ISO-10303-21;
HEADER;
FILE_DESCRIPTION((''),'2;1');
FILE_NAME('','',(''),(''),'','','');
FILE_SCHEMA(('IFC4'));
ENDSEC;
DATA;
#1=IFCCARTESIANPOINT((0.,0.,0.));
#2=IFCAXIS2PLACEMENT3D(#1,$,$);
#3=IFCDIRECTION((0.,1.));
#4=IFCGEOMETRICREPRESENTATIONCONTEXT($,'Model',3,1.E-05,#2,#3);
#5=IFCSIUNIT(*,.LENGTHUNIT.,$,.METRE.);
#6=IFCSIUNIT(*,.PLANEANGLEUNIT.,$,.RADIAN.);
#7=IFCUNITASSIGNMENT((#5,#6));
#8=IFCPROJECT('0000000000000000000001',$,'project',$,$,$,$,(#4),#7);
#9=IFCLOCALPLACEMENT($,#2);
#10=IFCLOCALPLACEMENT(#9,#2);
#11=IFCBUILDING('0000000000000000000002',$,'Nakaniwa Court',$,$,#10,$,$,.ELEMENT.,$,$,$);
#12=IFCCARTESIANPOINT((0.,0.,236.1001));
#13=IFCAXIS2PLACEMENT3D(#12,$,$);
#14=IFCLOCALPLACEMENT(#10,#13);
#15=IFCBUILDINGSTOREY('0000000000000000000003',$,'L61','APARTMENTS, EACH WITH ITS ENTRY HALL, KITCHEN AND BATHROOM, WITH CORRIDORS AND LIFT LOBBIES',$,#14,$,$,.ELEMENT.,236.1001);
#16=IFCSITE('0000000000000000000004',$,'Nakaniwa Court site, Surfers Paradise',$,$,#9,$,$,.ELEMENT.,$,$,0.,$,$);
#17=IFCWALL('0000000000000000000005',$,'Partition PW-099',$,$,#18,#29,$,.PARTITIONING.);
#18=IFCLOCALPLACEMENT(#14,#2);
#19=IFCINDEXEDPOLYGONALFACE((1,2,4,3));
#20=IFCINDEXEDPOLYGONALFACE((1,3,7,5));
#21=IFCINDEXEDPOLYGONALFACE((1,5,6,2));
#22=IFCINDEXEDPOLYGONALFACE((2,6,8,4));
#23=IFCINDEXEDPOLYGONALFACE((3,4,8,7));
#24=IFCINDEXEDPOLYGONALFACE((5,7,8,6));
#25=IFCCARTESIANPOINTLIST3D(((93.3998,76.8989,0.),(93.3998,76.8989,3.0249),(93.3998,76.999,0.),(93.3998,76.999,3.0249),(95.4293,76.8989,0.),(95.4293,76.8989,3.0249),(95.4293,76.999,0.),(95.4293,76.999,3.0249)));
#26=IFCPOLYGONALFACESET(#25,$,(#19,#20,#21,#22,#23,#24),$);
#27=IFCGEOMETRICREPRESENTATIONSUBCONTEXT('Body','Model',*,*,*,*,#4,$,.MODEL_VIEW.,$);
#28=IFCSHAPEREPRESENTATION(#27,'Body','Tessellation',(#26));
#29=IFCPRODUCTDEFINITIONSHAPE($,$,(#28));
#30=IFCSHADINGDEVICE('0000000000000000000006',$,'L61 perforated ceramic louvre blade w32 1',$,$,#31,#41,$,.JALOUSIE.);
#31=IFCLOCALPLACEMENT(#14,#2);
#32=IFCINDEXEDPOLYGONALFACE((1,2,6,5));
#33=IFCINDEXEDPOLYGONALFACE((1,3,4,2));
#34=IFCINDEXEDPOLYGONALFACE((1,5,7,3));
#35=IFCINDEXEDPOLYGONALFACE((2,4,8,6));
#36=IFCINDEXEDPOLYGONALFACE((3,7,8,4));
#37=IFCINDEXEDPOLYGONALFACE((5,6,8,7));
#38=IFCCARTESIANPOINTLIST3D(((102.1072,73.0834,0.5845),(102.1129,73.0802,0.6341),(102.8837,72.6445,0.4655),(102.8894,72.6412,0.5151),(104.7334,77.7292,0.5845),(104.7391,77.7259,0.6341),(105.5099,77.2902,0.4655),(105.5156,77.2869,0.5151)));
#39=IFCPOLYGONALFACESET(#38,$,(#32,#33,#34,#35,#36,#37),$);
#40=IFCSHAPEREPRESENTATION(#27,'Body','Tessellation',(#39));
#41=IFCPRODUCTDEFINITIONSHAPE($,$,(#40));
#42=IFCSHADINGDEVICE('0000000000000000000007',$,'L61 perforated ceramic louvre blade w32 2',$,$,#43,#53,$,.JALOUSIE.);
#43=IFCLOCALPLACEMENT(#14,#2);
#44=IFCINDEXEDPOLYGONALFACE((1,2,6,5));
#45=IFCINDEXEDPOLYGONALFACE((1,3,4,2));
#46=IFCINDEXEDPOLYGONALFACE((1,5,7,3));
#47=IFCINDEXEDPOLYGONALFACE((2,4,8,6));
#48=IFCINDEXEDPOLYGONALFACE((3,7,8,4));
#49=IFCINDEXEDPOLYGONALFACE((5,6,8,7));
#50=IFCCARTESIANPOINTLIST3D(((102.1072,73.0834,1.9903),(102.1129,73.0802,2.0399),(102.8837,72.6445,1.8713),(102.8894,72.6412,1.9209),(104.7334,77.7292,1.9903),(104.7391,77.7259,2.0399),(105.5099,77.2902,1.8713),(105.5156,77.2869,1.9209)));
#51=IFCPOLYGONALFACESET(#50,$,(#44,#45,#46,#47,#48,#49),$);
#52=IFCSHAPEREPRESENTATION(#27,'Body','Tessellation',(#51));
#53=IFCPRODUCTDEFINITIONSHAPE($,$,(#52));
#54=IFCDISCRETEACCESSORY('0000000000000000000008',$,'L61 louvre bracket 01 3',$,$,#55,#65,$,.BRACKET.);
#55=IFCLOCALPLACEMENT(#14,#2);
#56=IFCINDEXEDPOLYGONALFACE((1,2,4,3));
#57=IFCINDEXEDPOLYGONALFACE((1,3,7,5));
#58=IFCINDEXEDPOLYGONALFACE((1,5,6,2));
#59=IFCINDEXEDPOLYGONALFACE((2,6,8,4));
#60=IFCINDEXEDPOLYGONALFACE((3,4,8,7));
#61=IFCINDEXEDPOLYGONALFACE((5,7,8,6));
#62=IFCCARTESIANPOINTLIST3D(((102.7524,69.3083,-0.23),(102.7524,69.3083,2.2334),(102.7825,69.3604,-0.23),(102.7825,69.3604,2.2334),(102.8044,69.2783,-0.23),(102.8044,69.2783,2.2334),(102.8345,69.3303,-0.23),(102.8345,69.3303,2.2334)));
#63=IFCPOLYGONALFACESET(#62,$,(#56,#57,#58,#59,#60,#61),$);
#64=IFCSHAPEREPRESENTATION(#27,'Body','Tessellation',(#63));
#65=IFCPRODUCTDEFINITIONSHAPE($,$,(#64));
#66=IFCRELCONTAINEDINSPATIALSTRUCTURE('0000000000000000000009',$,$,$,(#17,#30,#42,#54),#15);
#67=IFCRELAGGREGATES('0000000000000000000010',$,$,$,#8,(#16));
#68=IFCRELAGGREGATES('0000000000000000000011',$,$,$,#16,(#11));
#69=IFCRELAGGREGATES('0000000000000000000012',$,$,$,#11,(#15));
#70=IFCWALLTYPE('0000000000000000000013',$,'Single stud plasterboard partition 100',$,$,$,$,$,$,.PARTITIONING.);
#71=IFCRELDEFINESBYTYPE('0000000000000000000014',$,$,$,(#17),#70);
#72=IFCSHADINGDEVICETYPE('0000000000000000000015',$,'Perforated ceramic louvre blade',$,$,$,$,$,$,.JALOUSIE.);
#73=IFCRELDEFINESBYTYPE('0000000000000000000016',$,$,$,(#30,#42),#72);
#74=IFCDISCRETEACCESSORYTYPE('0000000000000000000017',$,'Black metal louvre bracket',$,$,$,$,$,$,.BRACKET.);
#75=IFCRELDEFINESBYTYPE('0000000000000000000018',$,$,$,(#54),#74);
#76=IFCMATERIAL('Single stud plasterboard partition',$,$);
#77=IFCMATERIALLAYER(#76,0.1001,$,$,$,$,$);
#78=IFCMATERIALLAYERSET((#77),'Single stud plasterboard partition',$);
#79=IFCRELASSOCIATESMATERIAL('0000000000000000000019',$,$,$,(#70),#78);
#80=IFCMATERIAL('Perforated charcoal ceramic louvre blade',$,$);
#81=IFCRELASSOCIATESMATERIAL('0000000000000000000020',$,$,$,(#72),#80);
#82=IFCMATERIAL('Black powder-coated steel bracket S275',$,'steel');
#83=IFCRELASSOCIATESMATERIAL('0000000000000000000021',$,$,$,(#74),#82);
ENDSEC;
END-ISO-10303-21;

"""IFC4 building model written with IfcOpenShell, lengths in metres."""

from ifc_helpers import new_model, si_unit, direction, frame, frame_2d, origin, origin_2d, place, context, subcontext, project, spatial, rectangle, extrude, material, layer, layer_set, material_profile, profile_set, type_object, element, save


model = new_model("IFC4")

# Units and contexts
model_context = context("Model", 3, precision=1e-05, world=origin(), true_north=direction((0.0, 1.0)))
body_context = subcontext(model_context, "Body", "Model", "MODEL_VIEW")
ifc_project = project(units=[si_unit("LENGTHUNIT", "METRE"), si_unit("PLANEANGLEUNIT", "RADIAN")], contexts=[model_context])

# Site, building, storey
site_placement = place(None, origin())
site = spatial("IfcSite", under=ifc_project, at=site_placement, Name="Nakaniwa Court site, Surfers Paradise", CompositionType="ELEMENT", RefElevation=0.0)
building_placement = place(site_placement, origin())
building = spatial("IfcBuilding", under=site, at=building_placement, Name="Nakaniwa Court", CompositionType="ELEMENT")
storey_placement = place(building_placement, frame((0.0, 0.0, 236.1001)))
storey = spatial("IfcBuildingStorey", under=building, at=storey_placement, Name="L61", Description="APARTMENTS, EACH WITH ITS ENTRY HALL, KITCHEN AND BATHROOM, WITH CORRIDORS AND LIFT LOBBIES", CompositionType="ELEMENT", Elevation=236.1001)

# Shared definitions
ifc_material_1 = material(Name="Single stud plasterboard partition")
ifc_layer_1 = layer(ifc_material_1, 0.1001)
ifc_layer_set_1 = layer_set([ifc_layer_1], Name="Single stud plasterboard partition")
wall_type_1 = type_object("IfcWallType", Name="Single stud plasterboard partition 100", PredefinedType="PARTITIONING", material=ifc_layer_set_1)

# Wall
wall_1_placement = place(storey_placement, frame((93.3999, 76.949, 0.0), z_axis=(0.0, 0.0, 1.0), x_axis=(1.0, 0.0, 0.0)))
element("IfcWall", 1, at=wall_1_placement, inside=storey, type_object=wall_type_1, Name="Partition PW-099", PredefinedType="PARTITIONING", context=body_context, shape_type="SweptSolid", body=[
    extrude(rectangle(XDim=2.0295, YDim=0.1001, at=frame_2d((1.0146, 0.0))), origin(), (0.0, 0.0, 1.0), 3.0249),
])

# Shading devices
ifc_material_2 = material(Name="Perforated charcoal ceramic louvre blade")
ifc_material_profile_1 = material_profile(ifc_material_2, rectangle(XDim=0.8999, YDim=0.05, at=origin_2d()), Name="Perforated ceramic louvre blade")
ifc_profile_set_1 = profile_set([ifc_material_profile_1], Name="Perforated charcoal ceramic louvre blade")
shading_device_type = type_object("IfcShadingDeviceType", Name="Perforated ceramic louvre blade", PredefinedType="JALOUSIE", material=ifc_profile_set_1)
for number, where, z_axis, x_axis, name in (
    (2, (102.4983, 72.8623, 0.5498), (0.492109, 0.870534, 0.0), (-0.862887, 0.487786, 0.132256), "L61 perforated ceramic louvre blade w32 1"),
    (3, (102.4983, 72.8623, 1.9556), (0.492109, 0.870534, 0.0), (-0.862887, 0.487786, 0.132256), "L61 perforated ceramic louvre blade w32 2"),
):
    element("IfcShadingDevice", number, at=place(storey_placement, frame(where, z_axis=z_axis, x_axis=x_axis)), inside=storey, type_object=shading_device_type, Name=name, PredefinedType="JALOUSIE", context=body_context, shape_type="SweptSolid", body=[
        extrude(rectangle(XDim=0.8999, YDim=0.05, at=origin_2d()), origin(), (0.0, 0.0, 1.0), 5.3367),
    ])

# Discrete accessory
ifc_material_3 = material(Name="Black powder-coated steel bracket S275", Category="steel")
discrete_accessory_type = type_object("IfcDiscreteAccessoryType", Name="Black metal louvre bracket", PredefinedType="BRACKET", material=ifc_material_3)
discrete_accessory_placement = place(storey_placement, frame((102.7935, 69.3193, -0.23), z_axis=(0.0, 0.0, 1.0), x_axis=(0.500017, 0.866016, 0.0)))
element("IfcDiscreteAccessory", 4, at=discrete_accessory_placement, inside=storey, type_object=discrete_accessory_type, Name="L61 louvre bracket 01 3", PredefinedType="BRACKET", context=body_context, shape_type="SweptSolid", body=[
    extrude(rectangle(XDim=0.0601, YDim=0.0601, at=origin_2d()), origin(), (0.0, 0.0, 1.0), 2.4634),
])

save(model, "model.ifc")
